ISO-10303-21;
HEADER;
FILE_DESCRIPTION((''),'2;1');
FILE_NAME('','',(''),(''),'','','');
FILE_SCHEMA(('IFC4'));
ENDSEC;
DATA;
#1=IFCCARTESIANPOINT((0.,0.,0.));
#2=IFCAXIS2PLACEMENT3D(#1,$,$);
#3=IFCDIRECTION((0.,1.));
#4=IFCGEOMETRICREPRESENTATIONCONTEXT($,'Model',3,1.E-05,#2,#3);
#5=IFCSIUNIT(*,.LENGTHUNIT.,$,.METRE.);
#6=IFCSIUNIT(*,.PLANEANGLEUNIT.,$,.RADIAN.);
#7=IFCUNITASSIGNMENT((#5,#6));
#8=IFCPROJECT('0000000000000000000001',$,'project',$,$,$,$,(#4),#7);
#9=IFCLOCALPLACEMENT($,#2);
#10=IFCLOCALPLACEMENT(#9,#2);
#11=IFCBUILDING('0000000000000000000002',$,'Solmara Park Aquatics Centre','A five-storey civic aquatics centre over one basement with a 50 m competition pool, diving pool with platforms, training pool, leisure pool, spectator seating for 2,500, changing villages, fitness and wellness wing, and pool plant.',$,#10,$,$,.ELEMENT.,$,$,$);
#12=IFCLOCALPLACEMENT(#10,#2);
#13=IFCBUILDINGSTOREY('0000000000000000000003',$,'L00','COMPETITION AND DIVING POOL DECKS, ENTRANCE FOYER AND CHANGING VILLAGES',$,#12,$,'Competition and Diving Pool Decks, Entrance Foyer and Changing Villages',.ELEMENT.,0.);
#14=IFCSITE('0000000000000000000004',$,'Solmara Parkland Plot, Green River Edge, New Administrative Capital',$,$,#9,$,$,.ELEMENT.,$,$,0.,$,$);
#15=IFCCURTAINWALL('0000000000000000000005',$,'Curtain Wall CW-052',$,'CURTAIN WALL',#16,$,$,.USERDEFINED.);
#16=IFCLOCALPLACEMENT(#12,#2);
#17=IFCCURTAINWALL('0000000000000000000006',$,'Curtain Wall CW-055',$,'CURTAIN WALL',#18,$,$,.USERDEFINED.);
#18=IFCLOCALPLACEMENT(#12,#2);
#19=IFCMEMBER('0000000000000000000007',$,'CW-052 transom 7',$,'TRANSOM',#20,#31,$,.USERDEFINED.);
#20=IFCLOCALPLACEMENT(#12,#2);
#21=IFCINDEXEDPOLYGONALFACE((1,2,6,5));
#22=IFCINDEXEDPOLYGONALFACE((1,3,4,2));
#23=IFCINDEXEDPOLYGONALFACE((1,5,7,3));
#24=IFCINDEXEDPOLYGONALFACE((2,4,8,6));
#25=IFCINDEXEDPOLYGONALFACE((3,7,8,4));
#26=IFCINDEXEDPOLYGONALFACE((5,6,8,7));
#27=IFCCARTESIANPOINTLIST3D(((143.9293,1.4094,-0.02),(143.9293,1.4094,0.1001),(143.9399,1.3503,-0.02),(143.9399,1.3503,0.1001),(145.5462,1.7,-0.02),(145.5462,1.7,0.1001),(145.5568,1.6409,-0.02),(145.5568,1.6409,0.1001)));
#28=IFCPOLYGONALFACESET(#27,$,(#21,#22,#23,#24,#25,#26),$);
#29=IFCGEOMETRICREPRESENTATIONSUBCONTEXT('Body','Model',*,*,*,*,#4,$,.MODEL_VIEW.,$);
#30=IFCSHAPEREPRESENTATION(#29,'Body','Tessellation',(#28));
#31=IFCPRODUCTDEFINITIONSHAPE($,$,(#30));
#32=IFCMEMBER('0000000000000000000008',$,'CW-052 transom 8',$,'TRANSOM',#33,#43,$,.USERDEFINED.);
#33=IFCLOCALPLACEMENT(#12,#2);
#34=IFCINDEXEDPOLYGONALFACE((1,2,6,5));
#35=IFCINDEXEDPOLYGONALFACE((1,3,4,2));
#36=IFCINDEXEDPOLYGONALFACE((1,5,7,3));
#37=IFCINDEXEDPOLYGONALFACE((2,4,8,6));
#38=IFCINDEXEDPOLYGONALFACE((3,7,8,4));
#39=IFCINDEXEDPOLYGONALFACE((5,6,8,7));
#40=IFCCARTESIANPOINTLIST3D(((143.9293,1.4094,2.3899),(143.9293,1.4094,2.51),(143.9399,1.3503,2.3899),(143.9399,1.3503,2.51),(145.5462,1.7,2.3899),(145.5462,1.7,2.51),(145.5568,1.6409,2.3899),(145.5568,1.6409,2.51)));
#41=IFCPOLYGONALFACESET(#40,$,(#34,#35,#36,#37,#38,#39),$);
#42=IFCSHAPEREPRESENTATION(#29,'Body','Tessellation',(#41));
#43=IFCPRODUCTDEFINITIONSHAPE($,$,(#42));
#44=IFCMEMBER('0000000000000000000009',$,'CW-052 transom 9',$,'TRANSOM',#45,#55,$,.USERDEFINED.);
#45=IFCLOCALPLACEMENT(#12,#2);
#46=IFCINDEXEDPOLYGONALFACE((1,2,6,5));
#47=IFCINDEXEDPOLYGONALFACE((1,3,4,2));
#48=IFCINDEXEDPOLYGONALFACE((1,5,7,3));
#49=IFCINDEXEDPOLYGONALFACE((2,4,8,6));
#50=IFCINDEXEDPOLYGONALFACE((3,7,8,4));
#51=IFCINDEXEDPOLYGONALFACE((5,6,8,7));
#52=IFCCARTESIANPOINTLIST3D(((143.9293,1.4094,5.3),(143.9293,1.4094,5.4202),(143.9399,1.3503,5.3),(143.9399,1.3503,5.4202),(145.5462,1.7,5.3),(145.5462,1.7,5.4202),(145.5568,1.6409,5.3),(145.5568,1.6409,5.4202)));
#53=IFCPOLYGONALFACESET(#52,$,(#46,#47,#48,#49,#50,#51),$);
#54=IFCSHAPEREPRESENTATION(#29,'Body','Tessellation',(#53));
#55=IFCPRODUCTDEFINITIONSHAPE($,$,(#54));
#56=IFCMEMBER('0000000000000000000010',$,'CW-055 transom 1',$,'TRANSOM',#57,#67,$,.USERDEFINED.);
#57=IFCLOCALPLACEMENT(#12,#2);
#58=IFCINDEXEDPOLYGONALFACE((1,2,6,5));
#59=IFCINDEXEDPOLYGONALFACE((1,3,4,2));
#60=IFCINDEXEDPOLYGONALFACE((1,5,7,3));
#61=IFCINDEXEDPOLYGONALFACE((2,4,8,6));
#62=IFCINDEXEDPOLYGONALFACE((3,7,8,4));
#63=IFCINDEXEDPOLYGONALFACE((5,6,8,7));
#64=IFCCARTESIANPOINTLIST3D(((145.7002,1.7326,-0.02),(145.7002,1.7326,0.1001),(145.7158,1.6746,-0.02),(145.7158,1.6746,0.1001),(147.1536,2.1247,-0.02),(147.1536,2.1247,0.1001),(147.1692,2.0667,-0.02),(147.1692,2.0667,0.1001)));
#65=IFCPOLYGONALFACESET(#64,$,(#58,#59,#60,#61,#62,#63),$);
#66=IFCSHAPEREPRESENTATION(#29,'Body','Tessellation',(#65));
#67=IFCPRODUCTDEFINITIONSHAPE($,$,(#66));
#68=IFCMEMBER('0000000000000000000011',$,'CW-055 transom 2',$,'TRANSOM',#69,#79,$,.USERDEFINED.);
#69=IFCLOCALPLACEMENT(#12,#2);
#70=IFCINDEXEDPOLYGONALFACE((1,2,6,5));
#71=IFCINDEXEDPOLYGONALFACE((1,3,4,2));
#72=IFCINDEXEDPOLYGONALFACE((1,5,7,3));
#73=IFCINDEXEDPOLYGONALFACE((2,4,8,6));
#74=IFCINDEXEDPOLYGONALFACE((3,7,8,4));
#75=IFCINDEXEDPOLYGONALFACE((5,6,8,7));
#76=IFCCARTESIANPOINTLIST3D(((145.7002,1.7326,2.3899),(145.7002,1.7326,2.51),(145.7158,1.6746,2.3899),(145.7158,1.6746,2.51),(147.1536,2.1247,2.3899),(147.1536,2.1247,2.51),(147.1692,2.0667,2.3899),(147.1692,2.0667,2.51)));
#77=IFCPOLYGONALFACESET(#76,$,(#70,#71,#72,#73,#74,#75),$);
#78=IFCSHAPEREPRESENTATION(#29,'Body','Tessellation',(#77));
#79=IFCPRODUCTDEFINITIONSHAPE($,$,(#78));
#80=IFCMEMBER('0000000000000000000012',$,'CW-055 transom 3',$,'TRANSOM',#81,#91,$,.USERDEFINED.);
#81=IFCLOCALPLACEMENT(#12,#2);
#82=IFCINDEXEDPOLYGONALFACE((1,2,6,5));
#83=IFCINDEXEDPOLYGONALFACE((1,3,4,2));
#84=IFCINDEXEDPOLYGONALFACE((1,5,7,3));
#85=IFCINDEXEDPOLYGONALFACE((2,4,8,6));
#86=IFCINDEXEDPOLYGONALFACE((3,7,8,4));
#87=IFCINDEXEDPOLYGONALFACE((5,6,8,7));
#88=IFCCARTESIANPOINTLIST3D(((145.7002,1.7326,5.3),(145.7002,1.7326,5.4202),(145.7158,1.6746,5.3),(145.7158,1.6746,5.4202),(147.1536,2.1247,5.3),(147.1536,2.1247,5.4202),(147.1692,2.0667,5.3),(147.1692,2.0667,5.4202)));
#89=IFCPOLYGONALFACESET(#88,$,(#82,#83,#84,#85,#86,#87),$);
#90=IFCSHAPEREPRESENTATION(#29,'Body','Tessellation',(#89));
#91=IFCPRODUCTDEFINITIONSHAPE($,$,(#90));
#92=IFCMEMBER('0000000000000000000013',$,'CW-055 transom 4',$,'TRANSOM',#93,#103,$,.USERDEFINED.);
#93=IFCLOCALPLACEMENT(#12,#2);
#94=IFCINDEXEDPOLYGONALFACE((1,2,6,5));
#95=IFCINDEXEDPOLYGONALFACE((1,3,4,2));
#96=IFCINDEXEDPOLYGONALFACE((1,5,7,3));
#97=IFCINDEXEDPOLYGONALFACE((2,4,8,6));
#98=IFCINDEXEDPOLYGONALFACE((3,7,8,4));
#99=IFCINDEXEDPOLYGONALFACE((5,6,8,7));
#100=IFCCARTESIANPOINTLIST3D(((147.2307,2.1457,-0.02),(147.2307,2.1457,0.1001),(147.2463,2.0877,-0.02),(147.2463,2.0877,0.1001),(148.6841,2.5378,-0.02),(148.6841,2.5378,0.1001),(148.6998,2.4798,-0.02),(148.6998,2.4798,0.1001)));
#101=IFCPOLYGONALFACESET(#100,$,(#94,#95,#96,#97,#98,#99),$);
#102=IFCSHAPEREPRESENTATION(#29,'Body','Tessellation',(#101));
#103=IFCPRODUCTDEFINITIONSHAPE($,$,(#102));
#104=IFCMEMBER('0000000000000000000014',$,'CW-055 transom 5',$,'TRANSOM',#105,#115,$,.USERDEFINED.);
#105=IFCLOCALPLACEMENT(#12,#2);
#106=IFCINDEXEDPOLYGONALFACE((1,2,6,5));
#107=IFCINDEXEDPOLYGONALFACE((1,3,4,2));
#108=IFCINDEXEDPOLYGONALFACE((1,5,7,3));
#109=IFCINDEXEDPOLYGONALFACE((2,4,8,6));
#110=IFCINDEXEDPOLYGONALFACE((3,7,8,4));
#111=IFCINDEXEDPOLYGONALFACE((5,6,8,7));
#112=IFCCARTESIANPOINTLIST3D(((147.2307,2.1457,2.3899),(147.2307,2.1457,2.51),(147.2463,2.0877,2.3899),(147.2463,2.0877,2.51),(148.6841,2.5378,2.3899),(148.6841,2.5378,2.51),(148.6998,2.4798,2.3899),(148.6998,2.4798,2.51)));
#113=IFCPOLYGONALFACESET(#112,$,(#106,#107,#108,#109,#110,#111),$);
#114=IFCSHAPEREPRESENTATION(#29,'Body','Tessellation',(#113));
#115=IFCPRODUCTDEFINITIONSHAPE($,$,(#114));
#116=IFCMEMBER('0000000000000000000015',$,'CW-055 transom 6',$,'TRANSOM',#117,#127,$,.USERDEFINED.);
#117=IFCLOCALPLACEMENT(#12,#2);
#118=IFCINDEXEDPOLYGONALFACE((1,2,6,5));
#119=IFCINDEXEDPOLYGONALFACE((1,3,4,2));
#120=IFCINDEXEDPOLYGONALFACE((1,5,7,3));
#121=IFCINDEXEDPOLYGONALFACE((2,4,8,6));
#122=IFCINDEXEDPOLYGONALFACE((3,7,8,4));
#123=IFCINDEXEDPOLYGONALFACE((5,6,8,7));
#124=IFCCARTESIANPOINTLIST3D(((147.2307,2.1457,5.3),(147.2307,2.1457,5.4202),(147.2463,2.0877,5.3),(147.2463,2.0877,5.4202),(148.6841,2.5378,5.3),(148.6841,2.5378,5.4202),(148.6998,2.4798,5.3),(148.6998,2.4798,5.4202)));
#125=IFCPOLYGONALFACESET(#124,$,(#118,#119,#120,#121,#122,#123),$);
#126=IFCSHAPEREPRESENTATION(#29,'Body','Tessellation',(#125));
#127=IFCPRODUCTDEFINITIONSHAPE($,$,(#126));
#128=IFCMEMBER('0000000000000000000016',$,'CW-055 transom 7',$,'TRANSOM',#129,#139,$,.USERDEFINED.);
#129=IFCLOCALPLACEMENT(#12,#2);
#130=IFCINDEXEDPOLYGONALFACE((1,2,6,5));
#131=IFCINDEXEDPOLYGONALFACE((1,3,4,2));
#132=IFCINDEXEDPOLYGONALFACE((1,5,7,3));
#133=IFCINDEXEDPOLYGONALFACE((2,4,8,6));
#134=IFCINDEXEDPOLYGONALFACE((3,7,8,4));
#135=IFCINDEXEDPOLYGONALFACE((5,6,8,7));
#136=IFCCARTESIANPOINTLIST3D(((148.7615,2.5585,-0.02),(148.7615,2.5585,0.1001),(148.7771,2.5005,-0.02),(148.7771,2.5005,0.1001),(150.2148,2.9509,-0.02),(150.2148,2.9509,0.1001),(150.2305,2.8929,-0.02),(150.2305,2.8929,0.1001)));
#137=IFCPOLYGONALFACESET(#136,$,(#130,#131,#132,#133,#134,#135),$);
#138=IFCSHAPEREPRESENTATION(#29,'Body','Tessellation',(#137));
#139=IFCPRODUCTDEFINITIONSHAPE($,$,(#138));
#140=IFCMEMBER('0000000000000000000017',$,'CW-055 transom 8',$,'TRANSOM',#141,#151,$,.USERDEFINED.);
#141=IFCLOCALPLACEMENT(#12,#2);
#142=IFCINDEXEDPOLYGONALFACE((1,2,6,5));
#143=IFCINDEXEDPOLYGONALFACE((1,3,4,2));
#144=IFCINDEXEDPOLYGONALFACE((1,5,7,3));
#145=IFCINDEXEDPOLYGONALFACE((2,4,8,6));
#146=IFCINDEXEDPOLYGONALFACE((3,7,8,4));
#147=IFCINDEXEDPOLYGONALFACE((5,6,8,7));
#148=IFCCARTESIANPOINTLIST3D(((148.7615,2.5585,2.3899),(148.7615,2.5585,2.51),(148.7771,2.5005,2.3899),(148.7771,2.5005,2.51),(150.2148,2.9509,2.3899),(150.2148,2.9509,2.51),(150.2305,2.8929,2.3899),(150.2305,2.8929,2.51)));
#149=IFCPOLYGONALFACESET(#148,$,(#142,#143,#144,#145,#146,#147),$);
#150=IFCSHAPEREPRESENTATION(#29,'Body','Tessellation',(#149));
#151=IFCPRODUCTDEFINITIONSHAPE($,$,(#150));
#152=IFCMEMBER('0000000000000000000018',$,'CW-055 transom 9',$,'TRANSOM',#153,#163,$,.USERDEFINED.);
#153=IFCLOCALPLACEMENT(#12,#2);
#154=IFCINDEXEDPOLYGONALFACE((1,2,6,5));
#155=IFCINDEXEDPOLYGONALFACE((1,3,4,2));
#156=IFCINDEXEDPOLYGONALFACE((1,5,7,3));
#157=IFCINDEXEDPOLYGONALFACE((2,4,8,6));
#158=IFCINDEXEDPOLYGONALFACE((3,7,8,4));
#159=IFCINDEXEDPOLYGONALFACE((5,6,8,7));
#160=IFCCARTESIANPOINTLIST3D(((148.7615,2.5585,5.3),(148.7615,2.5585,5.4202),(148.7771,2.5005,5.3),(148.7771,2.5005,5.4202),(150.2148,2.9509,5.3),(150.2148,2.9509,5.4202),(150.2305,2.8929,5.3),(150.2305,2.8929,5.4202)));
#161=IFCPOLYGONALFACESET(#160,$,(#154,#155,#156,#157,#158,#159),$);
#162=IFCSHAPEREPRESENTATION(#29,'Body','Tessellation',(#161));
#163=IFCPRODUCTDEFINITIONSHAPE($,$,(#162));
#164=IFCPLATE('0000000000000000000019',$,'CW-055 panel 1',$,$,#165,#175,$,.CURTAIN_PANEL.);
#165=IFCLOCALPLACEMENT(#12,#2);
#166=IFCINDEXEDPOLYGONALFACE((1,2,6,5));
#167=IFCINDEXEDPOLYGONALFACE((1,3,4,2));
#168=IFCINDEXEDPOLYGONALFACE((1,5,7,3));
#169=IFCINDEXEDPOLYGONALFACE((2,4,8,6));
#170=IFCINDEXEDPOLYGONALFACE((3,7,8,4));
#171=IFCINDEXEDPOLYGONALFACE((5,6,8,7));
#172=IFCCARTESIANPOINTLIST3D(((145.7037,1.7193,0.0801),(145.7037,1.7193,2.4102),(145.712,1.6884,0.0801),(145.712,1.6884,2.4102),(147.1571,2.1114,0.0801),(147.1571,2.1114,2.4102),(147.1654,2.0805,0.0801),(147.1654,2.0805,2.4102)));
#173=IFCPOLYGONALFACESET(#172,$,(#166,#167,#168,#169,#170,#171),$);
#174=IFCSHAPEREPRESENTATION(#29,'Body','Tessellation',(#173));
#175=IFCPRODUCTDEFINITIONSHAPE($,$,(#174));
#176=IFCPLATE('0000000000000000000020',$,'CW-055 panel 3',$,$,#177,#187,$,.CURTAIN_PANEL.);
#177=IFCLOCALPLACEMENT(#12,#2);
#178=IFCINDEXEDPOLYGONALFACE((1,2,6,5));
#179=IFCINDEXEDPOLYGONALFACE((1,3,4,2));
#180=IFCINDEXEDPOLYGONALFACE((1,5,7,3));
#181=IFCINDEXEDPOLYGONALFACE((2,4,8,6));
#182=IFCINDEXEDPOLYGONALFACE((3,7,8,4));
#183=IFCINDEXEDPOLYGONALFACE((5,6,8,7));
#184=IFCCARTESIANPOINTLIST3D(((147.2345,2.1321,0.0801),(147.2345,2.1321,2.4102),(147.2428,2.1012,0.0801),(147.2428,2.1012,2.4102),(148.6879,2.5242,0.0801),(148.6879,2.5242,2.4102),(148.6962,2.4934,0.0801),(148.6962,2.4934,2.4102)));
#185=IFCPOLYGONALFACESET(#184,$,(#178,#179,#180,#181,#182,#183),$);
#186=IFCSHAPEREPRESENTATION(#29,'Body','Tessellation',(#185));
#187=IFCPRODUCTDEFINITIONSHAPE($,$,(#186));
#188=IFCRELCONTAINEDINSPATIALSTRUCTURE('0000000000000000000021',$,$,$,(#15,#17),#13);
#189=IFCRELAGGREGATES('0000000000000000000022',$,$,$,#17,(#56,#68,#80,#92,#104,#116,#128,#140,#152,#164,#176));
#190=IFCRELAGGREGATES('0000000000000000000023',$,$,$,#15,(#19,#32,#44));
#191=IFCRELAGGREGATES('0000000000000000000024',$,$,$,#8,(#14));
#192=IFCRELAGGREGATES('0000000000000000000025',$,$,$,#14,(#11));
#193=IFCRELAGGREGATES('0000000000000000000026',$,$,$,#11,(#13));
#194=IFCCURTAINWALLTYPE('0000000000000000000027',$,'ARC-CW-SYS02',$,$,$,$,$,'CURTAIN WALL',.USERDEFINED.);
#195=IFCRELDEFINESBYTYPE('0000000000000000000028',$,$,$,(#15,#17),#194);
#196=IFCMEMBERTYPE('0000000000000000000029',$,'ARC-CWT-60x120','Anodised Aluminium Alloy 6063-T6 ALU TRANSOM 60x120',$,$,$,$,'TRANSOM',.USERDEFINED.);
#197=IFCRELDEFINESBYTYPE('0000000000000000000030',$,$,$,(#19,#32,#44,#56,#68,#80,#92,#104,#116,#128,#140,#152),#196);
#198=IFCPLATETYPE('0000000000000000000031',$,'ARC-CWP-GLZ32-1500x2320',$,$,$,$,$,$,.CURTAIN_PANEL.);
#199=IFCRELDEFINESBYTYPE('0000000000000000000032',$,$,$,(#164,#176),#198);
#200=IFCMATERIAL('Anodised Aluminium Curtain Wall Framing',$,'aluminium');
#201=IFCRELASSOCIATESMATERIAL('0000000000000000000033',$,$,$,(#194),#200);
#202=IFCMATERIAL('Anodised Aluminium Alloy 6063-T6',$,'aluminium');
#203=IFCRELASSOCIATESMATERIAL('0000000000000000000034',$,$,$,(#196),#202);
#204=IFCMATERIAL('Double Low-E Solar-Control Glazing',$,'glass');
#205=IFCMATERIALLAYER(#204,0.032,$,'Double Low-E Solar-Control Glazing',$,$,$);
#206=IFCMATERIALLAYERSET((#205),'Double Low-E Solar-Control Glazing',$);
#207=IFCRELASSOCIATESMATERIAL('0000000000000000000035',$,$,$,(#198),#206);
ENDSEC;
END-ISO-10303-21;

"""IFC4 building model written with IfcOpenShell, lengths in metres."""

from ifc_helpers import new_model, si_unit, direction, frame, origin, origin_2d, place, context, subcontext, project, spatial, rectangle, extrude, material, layer, layer_set, material_profile, profile_set, type_object, element, aggregate, save


model = new_model("IFC4")

# Units and contexts
model_context = context("Model", 3, precision=1e-05, world=origin(), true_north=direction((0.0, 1.0)))
body_context = subcontext(model_context, "Body", "Model", "MODEL_VIEW")
ifc_project = project(units=[si_unit("LENGTHUNIT", "METRE"), si_unit("PLANEANGLEUNIT", "RADIAN")], contexts=[model_context])

# Site, building, storey
site_placement = place(None, origin())
site = spatial("IfcSite", under=ifc_project, at=site_placement, Name="Solmara Parkland Plot, Green River Edge, New Administrative Capital", CompositionType="ELEMENT", RefElevation=0.0)
building_placement = place(site_placement, origin())
building = spatial("IfcBuilding", under=site, at=building_placement, Name="Solmara Park Aquatics Centre", Description="A five-storey civic aquatics centre over one basement with a 50 m competition pool, diving pool with platforms, training pool, leisure pool, spectator seating for 2,500, changing villages, fitness and wellness wing, and pool plant.", CompositionType="ELEMENT")
storey_placement = place(building_placement, origin())
storey = spatial("IfcBuildingStorey", under=building, at=storey_placement, Name="L00", Description="COMPETITION AND DIVING POOL DECKS, ENTRANCE FOYER AND CHANGING VILLAGES", LongName="Competition and Diving Pool Decks, Entrance Foyer and Changing Villages", CompositionType="ELEMENT", Elevation=0.0)

# Curtain walls
ifc_material_1 = material(Name="Anodised Aluminium Curtain Wall Framing", Category="aluminium")
curtain_wall_type = type_object("IfcCurtainWallType", Name="ARC-CW-SYS02", ElementType="CURTAIN WALL", PredefinedType="USERDEFINED", material=ifc_material_1)
curtain_wall_1_placement = place(storey_placement, origin())
curtain_wall_1 = element("IfcCurtainWall", 1, at=curtain_wall_1_placement, inside=storey, type_object=curtain_wall_type, Name="Curtain Wall CW-052", ObjectType="CURTAIN WALL", PredefinedType="USERDEFINED")
ifc_material_2 = material(Name="Anodised Aluminium Alloy 6063-T6", Category="aluminium")
curtain_wall_2_placement = place(storey_placement, origin())
curtain_wall_2 = element("IfcCurtainWall", 2, at=curtain_wall_2_placement, inside=storey, type_object=curtain_wall_type, Name="Curtain Wall CW-055", ObjectType="CURTAIN WALL", PredefinedType="USERDEFINED")

# Members
ifc_material_profile_1 = material_profile(ifc_material_2, rectangle(XDim=0.0601, YDim=0.1201, at=origin_2d()), Name="ALU TRANSOM 60x120")
ifc_profile_set_1 = profile_set([ifc_material_profile_1], Name="Anodised Aluminium Alloy 6063-T6")
member_type_1 = type_object("IfcMemberType", Name="ARC-CWT-60x120", Description="Anodised Aluminium Alloy 6063-T6 ALU TRANSOM 60x120", ElementType="TRANSOM", PredefinedType="USERDEFINED", material=ifc_profile_set_1)
member_1_placement = place(storey_placement, frame((143.9346, 1.3799, 0.04), z_axis=(0.984239, 0.176845, 0.0), x_axis=(-0.176845, 0.984239, 0.0)))
member_1 = element("IfcMember", 3, at=member_1_placement, type_object=member_type_1, Name="CW-052 transom 7", ObjectType="TRANSOM", PredefinedType="USERDEFINED", context=body_context, shape_type="SweptSolid", body=[
    extrude(rectangle(XDim=0.0601, YDim=0.1201, at=origin_2d()), origin(), (0.0, 0.0, 1.0), 1.6428),
])
member_2_placement = place(storey_placement, frame((143.9346, 1.3799, 2.45), z_axis=(0.984239, 0.176845, 0.0), x_axis=(-0.176845, 0.984239, 0.0)))
member_2 = element("IfcMember", 4, at=member_2_placement, type_object=member_type_1, Name="CW-052 transom 8", ObjectType="TRANSOM", PredefinedType="USERDEFINED", context=body_context, shape_type="SweptSolid", body=[
    extrude(rectangle(XDim=0.0601, YDim=0.1201, at=origin_2d()), origin(), (0.0, 0.0, 1.0), 1.6428),
])
member_3_placement = place(storey_placement, frame((143.9346, 1.3799, 5.3601), z_axis=(0.984239, 0.176845, 0.0), x_axis=(-0.176845, 0.984239, 0.0)))
member_3 = element("IfcMember", 5, at=member_3_placement, type_object=member_type_1, Name="CW-052 transom 9", ObjectType="TRANSOM", PredefinedType="USERDEFINED", context=body_context, shape_type="SweptSolid", body=[
    extrude(rectangle(XDim=0.0601, YDim=0.1201, at=origin_2d()), origin(), (0.0, 0.0, 1.0), 1.6428),
])
member_4_placement = place(storey_placement, frame((145.708, 1.7036, 0.04), z_axis=(0.965483, 0.260468, 0.0), x_axis=(-0.260468, 0.965483, 0.0)))
member_4 = element("IfcMember", 6, at=member_4_placement, type_object=member_type_1, Name="CW-055 transom 1", ObjectType="TRANSOM", PredefinedType="USERDEFINED", context=body_context, shape_type="SweptSolid", body=[
    extrude(rectangle(XDim=0.0601, YDim=0.1201, at=origin_2d()), origin(), (0.0, 0.0, 1.0), 1.5054),
])
member_5_placement = place(storey_placement, frame((145.708, 1.7036, 2.45), z_axis=(0.965483, 0.260468, 0.0), x_axis=(-0.260468, 0.965483, 0.0)))
member_5 = element("IfcMember", 7, at=member_5_placement, type_object=member_type_1, Name="CW-055 transom 2", ObjectType="TRANSOM", PredefinedType="USERDEFINED", context=body_context, shape_type="SweptSolid", body=[
    extrude(rectangle(XDim=0.0601, YDim=0.1201, at=origin_2d()), origin(), (0.0, 0.0, 1.0), 1.5054),
])
member_6_placement = place(storey_placement, frame((145.708, 1.7036, 5.3601), z_axis=(0.965483, 0.260468, 0.0), x_axis=(-0.260468, 0.965483, 0.0)))
member_6 = element("IfcMember", 8, at=member_6_placement, type_object=member_type_1, Name="CW-055 transom 3", ObjectType="TRANSOM", PredefinedType="USERDEFINED", context=body_context, shape_type="SweptSolid", body=[
    extrude(rectangle(XDim=0.0601, YDim=0.1201, at=origin_2d()), origin(), (0.0, 0.0, 1.0), 1.5054),
])
member_7_placement = place(storey_placement, frame((147.2385, 2.1167, 0.04), z_axis=(0.965483, 0.260468, 0.0), x_axis=(-0.260468, 0.965483, 0.0)))
member_7 = element("IfcMember", 9, at=member_7_placement, type_object=member_type_1, Name="CW-055 transom 4", ObjectType="TRANSOM", PredefinedType="USERDEFINED", context=body_context, shape_type="SweptSolid", body=[
    extrude(rectangle(XDim=0.0601, YDim=0.1201, at=origin_2d()), origin(), (0.0, 0.0, 1.0), 1.5054),
])
member_8_placement = place(storey_placement, frame((147.2385, 2.1167, 2.45), z_axis=(0.965483, 0.260468, 0.0), x_axis=(-0.260468, 0.965483, 0.0)))
member_8 = element("IfcMember", 10, at=member_8_placement, type_object=member_type_1, Name="CW-055 transom 5", ObjectType="TRANSOM", PredefinedType="USERDEFINED", context=body_context, shape_type="SweptSolid", body=[
    extrude(rectangle(XDim=0.0601, YDim=0.1201, at=origin_2d()), origin(), (0.0, 0.0, 1.0), 1.5054),
])
member_9_placement = place(storey_placement, frame((147.2385, 2.1167, 5.3601), z_axis=(0.965483, 0.260468, 0.0), x_axis=(-0.260468, 0.965483, 0.0)))
member_9 = element("IfcMember", 11, at=member_9_placement, type_object=member_type_1, Name="CW-055 transom 6", ObjectType="TRANSOM", PredefinedType="USERDEFINED", context=body_context, shape_type="SweptSolid", body=[
    extrude(rectangle(XDim=0.0601, YDim=0.1201, at=origin_2d()), origin(), (0.0, 0.0, 1.0), 1.5054),
])
member_10_placement = place(storey_placement, frame((148.7693, 2.5295, 0.04), z_axis=(0.965442, 0.260619, 0.0), x_axis=(-0.260619, 0.965442, 0.0)))
member_10 = element("IfcMember", 12, at=member_10_placement, type_object=member_type_1, Name="CW-055 transom 7", ObjectType="TRANSOM", PredefinedType="USERDEFINED", context=body_context, shape_type="SweptSolid", body=[
    extrude(rectangle(XDim=0.0601, YDim=0.1201, at=origin_2d()), origin(), (0.0, 0.0, 1.0), 1.5054),
])
member_11_placement = place(storey_placement, frame((148.7693, 2.5295, 2.45), z_axis=(0.965442, 0.260619, 0.0), x_axis=(-0.260619, 0.965442, 0.0)))
member_11 = element("IfcMember", 13, at=member_11_placement, type_object=member_type_1, Name="CW-055 transom 8", ObjectType="TRANSOM", PredefinedType="USERDEFINED", context=body_context, shape_type="SweptSolid", body=[
    extrude(rectangle(XDim=0.0601, YDim=0.1201, at=origin_2d()), origin(), (0.0, 0.0, 1.0), 1.5054),
])
member_12_placement = place(storey_placement, frame((148.7693, 2.5295, 5.3601), z_axis=(0.965442, 0.260619, 0.0), x_axis=(-0.260619, 0.965442, 0.0)))
member_12 = element("IfcMember", 14, at=member_12_placement, type_object=member_type_1, Name="CW-055 transom 9", ObjectType="TRANSOM", PredefinedType="USERDEFINED", context=body_context, shape_type="SweptSolid", body=[
    extrude(rectangle(XDim=0.0601, YDim=0.1201, at=origin_2d()), origin(), (0.0, 0.0, 1.0), 1.5054),
])

# Plates
ifc_material_3 = material(Name="Double Low-E Solar-Control Glazing", Category="glass")
ifc_layer_1 = layer(ifc_material_3, 0.032, Name="Double Low-E Solar-Control Glazing")
ifc_layer_set_1 = layer_set([ifc_layer_1], Name="Double Low-E Solar-Control Glazing")
plate_type_1 = type_object("IfcPlateType", Name="ARC-CWP-GLZ32-1500x2320", PredefinedType="CURTAIN_PANEL", material=ifc_layer_set_1)
plate_1_placement = place(storey_placement, frame((146.4346, 1.8999, 0.0801), z_axis=(0.0, 0.0, 1.0), x_axis=(0.96548, 0.260476, 0.0)))
plate_1 = element("IfcPlate", 15, at=plate_1_placement, type_object=plate_type_1, Name="CW-055 panel 1", PredefinedType="CURTAIN_PANEL", context=body_context, shape_type="SweptSolid", body=[
    extrude(rectangle(XDim=1.5054, YDim=0.032, at=origin_2d()), origin(), (0.0, 0.0, 1.0), 2.3301),
])
plate_2_placement = place(storey_placement, frame((147.9653, 2.3127, 0.0801), z_axis=(0.0, 0.0, 1.0), x_axis=(0.96548, 0.260476, 0.0)))
plate_2 = element("IfcPlate", 16, at=plate_2_placement, type_object=plate_type_1, Name="CW-055 panel 3", PredefinedType="CURTAIN_PANEL", context=body_context, shape_type="SweptSolid", body=[
    extrude(rectangle(XDim=1.5054, YDim=0.032, at=origin_2d()), origin(), (0.0, 0.0, 1.0), 2.3301),
])
aggregate(curtain_wall_2, [member_4, member_5, member_6, member_7, member_8, member_9, member_10, member_11, member_12, plate_1, plate_2])
aggregate(curtain_wall_1, [member_1, member_2, member_3])

save(model, "model.ifc")
